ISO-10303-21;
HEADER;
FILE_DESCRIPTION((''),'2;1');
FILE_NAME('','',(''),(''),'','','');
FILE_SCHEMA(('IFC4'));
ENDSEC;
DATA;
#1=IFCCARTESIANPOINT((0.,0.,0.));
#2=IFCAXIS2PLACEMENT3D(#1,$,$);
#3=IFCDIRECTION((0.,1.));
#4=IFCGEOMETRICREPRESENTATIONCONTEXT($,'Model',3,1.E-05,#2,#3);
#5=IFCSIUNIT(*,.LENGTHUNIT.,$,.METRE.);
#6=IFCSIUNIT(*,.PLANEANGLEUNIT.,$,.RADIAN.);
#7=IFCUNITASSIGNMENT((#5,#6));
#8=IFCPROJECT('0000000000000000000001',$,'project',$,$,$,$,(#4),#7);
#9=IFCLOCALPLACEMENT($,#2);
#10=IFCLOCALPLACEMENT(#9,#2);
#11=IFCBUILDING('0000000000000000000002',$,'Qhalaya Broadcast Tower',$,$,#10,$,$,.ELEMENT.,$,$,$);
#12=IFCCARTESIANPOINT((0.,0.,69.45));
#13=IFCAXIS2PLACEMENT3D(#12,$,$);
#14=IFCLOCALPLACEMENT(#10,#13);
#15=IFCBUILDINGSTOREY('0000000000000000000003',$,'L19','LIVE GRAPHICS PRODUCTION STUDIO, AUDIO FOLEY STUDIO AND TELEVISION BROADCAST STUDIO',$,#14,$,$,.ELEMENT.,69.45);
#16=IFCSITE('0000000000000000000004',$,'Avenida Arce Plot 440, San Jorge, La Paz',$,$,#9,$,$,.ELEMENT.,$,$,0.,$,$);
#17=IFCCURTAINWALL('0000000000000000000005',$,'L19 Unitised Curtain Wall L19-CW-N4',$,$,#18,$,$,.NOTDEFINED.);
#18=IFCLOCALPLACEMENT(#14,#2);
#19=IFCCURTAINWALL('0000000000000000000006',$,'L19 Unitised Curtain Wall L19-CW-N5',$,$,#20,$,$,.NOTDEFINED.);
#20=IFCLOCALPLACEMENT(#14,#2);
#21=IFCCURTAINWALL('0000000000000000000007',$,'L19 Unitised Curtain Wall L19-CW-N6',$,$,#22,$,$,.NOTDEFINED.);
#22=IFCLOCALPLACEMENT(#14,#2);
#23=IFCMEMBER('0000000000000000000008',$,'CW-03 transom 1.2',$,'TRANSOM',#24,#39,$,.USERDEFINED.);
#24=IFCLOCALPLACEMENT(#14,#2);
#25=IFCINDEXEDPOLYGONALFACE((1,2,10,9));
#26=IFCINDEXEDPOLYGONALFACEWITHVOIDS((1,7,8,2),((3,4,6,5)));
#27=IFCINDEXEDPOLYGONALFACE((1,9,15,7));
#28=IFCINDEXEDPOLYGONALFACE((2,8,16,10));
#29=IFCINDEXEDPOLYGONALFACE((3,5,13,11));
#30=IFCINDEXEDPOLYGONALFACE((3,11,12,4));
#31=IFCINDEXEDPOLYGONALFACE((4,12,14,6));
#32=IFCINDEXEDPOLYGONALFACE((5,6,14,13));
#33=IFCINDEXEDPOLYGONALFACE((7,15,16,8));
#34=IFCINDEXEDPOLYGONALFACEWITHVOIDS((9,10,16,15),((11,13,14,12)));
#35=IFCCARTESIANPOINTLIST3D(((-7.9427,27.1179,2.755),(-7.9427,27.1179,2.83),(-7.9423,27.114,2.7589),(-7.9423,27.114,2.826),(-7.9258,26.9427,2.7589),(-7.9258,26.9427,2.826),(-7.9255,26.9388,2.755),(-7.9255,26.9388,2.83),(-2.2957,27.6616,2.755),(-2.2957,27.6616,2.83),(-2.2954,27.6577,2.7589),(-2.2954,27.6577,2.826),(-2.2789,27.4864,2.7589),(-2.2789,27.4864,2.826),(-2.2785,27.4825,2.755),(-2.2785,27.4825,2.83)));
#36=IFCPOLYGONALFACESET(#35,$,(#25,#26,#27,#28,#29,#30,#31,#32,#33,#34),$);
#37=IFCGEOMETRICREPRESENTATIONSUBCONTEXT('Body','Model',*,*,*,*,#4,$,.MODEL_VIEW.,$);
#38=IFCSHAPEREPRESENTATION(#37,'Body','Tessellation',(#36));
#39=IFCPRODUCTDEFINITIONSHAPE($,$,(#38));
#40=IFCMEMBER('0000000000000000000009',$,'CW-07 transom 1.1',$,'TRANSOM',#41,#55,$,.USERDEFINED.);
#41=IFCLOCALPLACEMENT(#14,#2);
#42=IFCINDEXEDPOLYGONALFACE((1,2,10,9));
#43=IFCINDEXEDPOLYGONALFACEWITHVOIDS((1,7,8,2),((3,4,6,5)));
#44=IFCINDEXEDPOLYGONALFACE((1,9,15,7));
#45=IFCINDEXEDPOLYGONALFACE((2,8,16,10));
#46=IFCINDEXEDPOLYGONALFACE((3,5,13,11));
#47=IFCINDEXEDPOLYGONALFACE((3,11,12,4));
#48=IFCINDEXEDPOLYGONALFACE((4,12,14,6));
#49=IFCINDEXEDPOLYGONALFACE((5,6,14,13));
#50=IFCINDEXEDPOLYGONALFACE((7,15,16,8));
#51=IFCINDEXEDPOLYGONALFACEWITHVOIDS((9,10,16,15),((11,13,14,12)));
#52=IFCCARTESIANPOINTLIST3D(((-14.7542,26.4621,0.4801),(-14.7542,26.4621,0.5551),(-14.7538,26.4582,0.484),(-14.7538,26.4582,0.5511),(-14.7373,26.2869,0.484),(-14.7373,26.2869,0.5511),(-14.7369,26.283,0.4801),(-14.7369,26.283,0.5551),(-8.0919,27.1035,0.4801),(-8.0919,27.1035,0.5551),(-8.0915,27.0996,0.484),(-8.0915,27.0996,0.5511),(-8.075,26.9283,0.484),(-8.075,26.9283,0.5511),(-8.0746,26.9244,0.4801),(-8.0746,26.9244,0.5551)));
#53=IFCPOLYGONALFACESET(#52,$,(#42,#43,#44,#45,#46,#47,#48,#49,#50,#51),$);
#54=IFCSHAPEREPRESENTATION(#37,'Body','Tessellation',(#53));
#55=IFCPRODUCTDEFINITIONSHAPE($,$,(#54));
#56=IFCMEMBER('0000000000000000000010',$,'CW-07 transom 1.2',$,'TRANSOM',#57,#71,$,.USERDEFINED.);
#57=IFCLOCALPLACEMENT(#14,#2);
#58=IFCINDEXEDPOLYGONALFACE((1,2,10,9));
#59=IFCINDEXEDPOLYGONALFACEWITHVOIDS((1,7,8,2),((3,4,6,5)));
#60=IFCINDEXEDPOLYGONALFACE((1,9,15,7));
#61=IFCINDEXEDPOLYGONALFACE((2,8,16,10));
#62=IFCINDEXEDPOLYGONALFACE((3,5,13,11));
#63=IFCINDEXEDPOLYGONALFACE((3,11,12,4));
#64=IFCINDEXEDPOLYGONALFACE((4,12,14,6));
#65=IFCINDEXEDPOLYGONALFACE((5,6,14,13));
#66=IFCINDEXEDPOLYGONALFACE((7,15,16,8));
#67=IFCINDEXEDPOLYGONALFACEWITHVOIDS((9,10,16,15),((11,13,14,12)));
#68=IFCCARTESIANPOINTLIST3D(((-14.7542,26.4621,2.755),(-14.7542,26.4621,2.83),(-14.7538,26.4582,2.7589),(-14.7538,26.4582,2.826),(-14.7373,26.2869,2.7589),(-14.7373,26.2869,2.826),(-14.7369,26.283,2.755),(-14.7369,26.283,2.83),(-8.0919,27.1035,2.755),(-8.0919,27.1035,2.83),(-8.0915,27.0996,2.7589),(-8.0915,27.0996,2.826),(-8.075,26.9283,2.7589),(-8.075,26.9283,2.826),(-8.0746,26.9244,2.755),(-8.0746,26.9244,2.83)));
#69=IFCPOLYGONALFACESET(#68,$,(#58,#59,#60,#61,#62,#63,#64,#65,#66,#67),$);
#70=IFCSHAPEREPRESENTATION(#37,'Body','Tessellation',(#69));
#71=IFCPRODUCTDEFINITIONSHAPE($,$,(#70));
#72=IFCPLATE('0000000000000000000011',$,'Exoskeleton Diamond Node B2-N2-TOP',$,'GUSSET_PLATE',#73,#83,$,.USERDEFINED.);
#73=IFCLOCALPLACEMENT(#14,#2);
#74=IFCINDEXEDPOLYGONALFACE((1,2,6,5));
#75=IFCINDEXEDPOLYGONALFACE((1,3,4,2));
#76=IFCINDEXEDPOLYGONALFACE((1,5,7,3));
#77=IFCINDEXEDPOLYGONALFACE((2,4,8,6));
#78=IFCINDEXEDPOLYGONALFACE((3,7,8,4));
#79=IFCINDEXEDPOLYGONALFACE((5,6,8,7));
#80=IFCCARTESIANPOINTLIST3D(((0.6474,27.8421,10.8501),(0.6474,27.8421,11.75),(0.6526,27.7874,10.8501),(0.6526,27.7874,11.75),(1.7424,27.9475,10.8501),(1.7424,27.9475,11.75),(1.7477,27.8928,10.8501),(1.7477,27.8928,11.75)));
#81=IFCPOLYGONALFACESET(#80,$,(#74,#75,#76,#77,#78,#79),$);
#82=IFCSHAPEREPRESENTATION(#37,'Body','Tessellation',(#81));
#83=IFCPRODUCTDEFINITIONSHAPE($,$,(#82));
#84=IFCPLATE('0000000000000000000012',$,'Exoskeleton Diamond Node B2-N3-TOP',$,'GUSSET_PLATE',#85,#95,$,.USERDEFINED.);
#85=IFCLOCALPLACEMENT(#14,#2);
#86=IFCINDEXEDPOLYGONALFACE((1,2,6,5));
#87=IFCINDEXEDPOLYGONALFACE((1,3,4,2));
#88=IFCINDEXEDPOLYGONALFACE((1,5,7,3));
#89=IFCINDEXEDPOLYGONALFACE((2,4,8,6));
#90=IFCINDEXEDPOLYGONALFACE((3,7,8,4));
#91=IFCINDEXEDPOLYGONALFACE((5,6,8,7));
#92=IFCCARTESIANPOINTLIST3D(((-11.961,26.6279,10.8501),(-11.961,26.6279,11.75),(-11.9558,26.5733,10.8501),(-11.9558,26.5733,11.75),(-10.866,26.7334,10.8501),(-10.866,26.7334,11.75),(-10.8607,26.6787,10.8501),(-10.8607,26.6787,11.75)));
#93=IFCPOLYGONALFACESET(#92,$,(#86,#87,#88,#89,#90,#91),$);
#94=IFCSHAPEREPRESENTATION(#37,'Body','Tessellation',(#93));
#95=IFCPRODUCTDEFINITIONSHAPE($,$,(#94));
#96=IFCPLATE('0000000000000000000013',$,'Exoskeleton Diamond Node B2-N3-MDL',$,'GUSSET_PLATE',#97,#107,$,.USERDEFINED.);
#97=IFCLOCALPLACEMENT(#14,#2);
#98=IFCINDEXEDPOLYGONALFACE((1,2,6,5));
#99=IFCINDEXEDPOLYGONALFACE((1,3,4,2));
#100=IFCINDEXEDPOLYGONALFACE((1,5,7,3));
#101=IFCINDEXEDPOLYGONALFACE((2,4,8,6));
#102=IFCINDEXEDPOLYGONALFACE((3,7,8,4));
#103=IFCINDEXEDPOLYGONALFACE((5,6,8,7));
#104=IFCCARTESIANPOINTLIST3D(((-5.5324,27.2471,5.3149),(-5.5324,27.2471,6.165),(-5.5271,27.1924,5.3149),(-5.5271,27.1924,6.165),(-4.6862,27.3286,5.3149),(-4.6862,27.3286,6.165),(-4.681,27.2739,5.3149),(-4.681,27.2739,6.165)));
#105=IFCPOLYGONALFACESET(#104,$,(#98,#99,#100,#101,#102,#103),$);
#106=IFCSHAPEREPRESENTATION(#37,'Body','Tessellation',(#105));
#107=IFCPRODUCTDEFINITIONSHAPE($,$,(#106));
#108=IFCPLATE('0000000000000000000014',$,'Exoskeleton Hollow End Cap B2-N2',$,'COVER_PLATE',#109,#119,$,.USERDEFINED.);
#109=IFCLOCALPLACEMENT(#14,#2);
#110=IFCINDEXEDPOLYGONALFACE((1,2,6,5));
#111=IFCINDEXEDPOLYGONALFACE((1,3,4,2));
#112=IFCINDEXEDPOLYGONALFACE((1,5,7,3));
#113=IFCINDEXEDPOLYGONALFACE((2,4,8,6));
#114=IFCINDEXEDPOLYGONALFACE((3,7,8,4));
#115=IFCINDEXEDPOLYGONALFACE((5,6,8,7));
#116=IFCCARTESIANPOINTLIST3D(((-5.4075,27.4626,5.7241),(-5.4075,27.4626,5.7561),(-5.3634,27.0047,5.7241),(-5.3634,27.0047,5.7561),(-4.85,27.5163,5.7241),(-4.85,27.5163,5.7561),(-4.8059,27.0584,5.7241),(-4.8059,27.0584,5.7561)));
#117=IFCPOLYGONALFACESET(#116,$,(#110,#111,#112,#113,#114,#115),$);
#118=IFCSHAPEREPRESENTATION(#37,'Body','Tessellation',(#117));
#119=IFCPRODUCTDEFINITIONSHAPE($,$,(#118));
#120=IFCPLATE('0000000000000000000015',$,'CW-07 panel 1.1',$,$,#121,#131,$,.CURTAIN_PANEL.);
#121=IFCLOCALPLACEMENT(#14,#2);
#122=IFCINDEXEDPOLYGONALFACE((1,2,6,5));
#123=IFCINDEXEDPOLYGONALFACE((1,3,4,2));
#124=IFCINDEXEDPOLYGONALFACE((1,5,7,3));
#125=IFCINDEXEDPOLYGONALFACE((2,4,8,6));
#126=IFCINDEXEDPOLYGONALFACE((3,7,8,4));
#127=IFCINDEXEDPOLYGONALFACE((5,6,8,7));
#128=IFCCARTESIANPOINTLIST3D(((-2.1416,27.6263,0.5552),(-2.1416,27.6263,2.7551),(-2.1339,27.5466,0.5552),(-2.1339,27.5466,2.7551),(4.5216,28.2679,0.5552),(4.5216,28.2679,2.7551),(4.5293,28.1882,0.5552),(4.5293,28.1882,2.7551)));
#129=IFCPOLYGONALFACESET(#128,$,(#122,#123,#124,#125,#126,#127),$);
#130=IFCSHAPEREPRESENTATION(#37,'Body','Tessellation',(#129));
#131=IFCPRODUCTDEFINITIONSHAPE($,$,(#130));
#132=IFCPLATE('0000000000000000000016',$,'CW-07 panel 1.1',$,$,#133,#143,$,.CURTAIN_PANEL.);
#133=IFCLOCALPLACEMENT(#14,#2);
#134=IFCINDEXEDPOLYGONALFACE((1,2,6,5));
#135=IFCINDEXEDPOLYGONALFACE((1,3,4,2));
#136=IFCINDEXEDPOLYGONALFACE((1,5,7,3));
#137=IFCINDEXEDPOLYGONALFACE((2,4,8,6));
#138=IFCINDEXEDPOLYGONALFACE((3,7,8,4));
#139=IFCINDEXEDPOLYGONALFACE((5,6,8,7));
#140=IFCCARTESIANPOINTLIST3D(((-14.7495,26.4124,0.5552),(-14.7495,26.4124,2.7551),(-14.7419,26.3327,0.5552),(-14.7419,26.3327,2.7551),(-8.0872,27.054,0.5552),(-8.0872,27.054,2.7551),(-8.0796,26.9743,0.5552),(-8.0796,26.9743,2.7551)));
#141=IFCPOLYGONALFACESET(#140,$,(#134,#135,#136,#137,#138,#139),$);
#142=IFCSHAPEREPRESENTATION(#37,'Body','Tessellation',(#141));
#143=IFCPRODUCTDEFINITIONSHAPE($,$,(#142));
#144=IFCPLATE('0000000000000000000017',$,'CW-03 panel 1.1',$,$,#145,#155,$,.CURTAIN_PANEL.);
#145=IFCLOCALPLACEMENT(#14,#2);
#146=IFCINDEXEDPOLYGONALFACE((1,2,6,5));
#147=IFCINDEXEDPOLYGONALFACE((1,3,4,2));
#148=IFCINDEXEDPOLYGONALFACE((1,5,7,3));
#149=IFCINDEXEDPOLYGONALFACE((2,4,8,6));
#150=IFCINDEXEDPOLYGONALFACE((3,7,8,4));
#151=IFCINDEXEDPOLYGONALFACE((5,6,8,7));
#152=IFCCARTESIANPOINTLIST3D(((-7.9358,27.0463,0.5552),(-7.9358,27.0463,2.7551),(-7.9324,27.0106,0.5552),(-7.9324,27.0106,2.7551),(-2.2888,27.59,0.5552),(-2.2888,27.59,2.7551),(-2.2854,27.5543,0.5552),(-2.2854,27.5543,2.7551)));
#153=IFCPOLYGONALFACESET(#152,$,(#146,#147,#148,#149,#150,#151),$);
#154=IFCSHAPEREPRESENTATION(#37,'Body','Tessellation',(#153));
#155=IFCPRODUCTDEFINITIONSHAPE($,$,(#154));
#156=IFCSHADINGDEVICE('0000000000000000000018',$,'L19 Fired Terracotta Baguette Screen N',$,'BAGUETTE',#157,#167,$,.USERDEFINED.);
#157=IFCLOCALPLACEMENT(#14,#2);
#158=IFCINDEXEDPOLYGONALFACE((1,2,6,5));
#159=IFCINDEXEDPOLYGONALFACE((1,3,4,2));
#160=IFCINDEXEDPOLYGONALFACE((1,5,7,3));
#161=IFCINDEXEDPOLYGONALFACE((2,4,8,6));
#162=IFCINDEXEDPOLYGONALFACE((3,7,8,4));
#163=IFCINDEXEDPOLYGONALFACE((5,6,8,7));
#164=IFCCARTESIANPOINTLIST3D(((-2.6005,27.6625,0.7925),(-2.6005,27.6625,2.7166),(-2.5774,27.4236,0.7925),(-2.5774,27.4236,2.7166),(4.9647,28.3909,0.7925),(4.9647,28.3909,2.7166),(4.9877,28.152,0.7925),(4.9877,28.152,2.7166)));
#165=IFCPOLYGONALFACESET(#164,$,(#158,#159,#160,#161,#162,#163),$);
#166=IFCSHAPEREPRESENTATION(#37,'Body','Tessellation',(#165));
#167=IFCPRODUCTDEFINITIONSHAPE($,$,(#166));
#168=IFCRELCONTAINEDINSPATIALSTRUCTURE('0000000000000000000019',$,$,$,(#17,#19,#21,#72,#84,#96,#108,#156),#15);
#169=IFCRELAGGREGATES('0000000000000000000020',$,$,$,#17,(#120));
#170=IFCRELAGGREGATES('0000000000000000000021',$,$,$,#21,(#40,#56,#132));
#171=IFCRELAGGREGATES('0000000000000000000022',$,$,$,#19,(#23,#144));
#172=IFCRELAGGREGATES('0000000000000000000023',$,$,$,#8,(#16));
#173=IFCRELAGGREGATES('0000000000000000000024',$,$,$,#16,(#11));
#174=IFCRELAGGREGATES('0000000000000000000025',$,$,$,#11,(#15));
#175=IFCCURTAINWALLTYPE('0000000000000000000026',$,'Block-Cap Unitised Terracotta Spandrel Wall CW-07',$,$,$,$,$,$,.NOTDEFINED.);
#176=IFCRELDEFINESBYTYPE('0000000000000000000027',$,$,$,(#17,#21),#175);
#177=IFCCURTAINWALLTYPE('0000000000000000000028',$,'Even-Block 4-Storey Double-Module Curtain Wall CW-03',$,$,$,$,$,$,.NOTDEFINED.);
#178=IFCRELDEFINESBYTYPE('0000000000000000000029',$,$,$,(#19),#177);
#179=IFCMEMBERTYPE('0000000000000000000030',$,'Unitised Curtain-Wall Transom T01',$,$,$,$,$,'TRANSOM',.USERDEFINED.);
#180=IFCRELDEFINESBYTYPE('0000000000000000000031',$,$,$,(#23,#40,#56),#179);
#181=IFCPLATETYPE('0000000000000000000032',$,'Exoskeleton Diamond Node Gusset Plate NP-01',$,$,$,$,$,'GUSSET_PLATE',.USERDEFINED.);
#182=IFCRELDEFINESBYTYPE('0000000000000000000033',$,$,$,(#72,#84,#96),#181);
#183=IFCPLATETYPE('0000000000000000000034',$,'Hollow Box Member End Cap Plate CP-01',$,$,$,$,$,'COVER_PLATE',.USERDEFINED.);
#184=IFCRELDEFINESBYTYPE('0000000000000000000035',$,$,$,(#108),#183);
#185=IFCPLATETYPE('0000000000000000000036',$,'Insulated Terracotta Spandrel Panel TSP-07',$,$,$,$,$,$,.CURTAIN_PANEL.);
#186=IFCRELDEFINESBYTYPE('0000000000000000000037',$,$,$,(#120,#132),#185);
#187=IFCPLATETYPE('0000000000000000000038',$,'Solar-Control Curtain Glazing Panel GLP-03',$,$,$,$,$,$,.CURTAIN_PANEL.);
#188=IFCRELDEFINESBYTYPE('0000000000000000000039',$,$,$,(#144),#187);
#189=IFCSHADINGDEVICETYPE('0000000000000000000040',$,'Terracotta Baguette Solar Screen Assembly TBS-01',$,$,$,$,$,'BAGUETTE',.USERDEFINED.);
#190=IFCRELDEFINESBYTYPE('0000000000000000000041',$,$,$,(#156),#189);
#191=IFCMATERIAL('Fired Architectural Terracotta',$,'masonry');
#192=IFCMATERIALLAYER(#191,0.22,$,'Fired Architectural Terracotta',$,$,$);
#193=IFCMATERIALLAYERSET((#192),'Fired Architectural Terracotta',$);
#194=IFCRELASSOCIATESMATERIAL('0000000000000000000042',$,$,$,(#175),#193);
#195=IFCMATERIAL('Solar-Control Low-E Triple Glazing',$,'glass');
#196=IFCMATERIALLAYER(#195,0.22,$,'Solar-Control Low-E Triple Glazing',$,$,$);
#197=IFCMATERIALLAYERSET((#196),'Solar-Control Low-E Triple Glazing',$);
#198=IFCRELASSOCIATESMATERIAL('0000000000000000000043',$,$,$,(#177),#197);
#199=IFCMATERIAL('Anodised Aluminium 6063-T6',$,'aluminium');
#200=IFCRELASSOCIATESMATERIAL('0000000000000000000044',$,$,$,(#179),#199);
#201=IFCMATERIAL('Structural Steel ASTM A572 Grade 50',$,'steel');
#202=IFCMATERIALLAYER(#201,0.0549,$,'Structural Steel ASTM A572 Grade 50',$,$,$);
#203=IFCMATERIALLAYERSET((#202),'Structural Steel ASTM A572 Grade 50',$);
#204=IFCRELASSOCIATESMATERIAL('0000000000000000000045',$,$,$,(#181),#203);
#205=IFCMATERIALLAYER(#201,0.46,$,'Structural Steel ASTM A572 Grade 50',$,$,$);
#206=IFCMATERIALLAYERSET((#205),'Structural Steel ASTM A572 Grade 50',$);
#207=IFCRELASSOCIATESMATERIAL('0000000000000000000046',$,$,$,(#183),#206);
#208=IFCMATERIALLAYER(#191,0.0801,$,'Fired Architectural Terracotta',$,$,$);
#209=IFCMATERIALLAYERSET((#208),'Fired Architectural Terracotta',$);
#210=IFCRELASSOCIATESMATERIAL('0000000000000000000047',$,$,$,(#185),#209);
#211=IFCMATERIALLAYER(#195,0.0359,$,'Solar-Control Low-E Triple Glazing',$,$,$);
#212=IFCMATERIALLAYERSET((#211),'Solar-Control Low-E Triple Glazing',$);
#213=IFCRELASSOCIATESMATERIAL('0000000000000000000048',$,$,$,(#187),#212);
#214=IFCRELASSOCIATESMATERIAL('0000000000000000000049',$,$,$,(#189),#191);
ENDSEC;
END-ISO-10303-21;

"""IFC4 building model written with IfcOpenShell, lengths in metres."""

from ifc_helpers import new_model, si_unit, direction, frame, origin, origin_2d, place, context, subcontext, project, spatial, rectangle, hollow_rectangle, extrude, material, layer, layer_set, material_profile, profile_set, type_object, element, aggregate, save


model = new_model("IFC4")

# Units and contexts
model_context = context("Model", 3, precision=1e-05, world=origin(), true_north=direction((0.0, 1.0)))
body_context = subcontext(model_context, "Body", "Model", "MODEL_VIEW")
ifc_project = project(units=[si_unit("LENGTHUNIT", "METRE"), si_unit("PLANEANGLEUNIT", "RADIAN")], contexts=[model_context])

# Site, building, storey
site_placement = place(None, origin())
site = spatial("IfcSite", under=ifc_project, at=site_placement, Name="Avenida Arce Plot 440, San Jorge, La Paz", CompositionType="ELEMENT", RefElevation=0.0)
building_placement = place(site_placement, origin())
building = spatial("IfcBuilding", under=site, at=building_placement, Name="Qhalaya Broadcast Tower", CompositionType="ELEMENT")
storey_placement = place(building_placement, frame((0.0, 0.0, 69.45)))
storey = spatial("IfcBuildingStorey", under=building, at=storey_placement, Name="L19", Description="LIVE GRAPHICS PRODUCTION STUDIO, AUDIO FOLEY STUDIO AND TELEVISION BROADCAST STUDIO", CompositionType="ELEMENT", Elevation=69.45)

# Shared definitions
ifc_material_1 = material(Name="Structural Steel ASTM A572 Grade 50", Category="steel")

# Curtain wall
ifc_material_2 = material(Name="Fired Architectural Terracotta", Category="masonry")
ifc_layer_1 = layer(ifc_material_2, 0.22, Name="Fired Architectural Terracotta")
ifc_layer_set_1 = layer_set([ifc_layer_1], Name="Fired Architectural Terracotta")
curtain_wall_type_1 = type_object("IfcCurtainWallType", Name="Block-Cap Unitised Terracotta Spandrel Wall CW-07", PredefinedType="NOTDEFINED", material=ifc_layer_set_1)
curtain_wall_1_placement = place(storey_placement, origin())
curtain_wall_1 = element("IfcCurtainWall", 1, at=curtain_wall_1_placement, inside=storey, type_object=curtain_wall_type_1, Name="L19 Unitised Curtain Wall L19-CW-N4", PredefinedType="NOTDEFINED")
ifc_material_3 = material(Name="Anodised Aluminium 6063-T6", Category="aluminium")

# Curtain wall
ifc_material_4 = material(Name="Solar-Control Low-E Triple Glazing", Category="glass")
ifc_layer_2 = layer(ifc_material_4, 0.22, Name="Solar-Control Low-E Triple Glazing")
ifc_layer_set_2 = layer_set([ifc_layer_2], Name="Solar-Control Low-E Triple Glazing")
curtain_wall_type_2 = type_object("IfcCurtainWallType", Name="Even-Block 4-Storey Double-Module Curtain Wall CW-03", PredefinedType="NOTDEFINED", material=ifc_layer_set_2)
curtain_wall_2_placement = place(storey_placement, origin())
curtain_wall_2 = element("IfcCurtainWall", 2, at=curtain_wall_2_placement, inside=storey, type_object=curtain_wall_type_2, Name="L19 Unitised Curtain Wall L19-CW-N5", PredefinedType="NOTDEFINED")

# Curtain wall
curtain_wall_3_placement = place(storey_placement, origin())
curtain_wall_3 = element("IfcCurtainWall", 3, at=curtain_wall_3_placement, inside=storey, type_object=curtain_wall_type_1, Name="L19 Unitised Curtain Wall L19-CW-N6", PredefinedType="NOTDEFINED")

# Members
ifc_material_profile_1 = material_profile(ifc_material_3, hollow_rectangle(XDim=0.075, YDim=0.1799, WallThickness=0.0039, at=origin_2d()), Name="ALU-TRN 75x180x4")
ifc_profile_set_1 = profile_set([ifc_material_profile_1], Name="Anodised Aluminium 6063-T6")
member_type_1 = type_object("IfcMemberType", Name="Unitised Curtain-Wall Transom T01", ElementType="TRANSOM", PredefinedType="USERDEFINED", material=ifc_profile_set_1)
member_1_placement = place(storey_placement, frame((-2.2871, 27.572, 2.7925), z_axis=(-0.995397, -0.095839, 0.0), x_axis=(0.0, 0.0, 1.0)))
member_1 = element("IfcMember", 4, at=member_1_placement, type_object=member_type_1, Name="CW-03 transom 1.2", ObjectType="TRANSOM", PredefinedType="USERDEFINED", context=body_context, shape_type="SweptSolid", body=[
    extrude(hollow_rectangle(XDim=0.075, YDim=0.1799, WallThickness=0.0039, at=origin_2d()), origin(), (0.0, 0.0, 1.0), 5.6731),
])
member_2_placement = place(storey_placement, frame((-8.0833, 27.0139, 0.5176), z_axis=(-0.995398, -0.095823, 0.0), x_axis=(0.0, 0.0, 1.0)))
member_2 = element("IfcMember", 5, at=member_2_placement, type_object=member_type_1, Name="CW-07 transom 1.1", ObjectType="TRANSOM", PredefinedType="USERDEFINED", context=body_context, shape_type="SweptSolid", body=[
    extrude(hollow_rectangle(XDim=0.075, YDim=0.1799, WallThickness=0.0039, at=origin_2d()), origin(), (0.0, 0.0, 1.0), 6.6931),
])
member_3_placement = place(storey_placement, frame((-8.0833, 27.0139, 2.7925), z_axis=(-0.995398, -0.095823, 0.0), x_axis=(0.0, 0.0, 1.0)))
member_3 = element("IfcMember", 6, at=member_3_placement, type_object=member_type_1, Name="CW-07 transom 1.2", ObjectType="TRANSOM", PredefinedType="USERDEFINED", context=body_context, shape_type="SweptSolid", body=[
    extrude(hollow_rectangle(XDim=0.075, YDim=0.1799, WallThickness=0.0039, at=origin_2d()), origin(), (0.0, 0.0, 1.0), 6.6931),
])

# Plates
ifc_layer_3 = layer(ifc_material_1, 0.0549, Name="Structural Steel ASTM A572 Grade 50")
ifc_layer_set_3 = layer_set([ifc_layer_3], Name="Structural Steel ASTM A572 Grade 50")
plate_type_1 = type_object("IfcPlateType", Name="Exoskeleton Diamond Node Gusset Plate NP-01", ElementType="GUSSET_PLATE", PredefinedType="USERDEFINED", material=ifc_layer_set_3)
for number, where, z_axis, x_axis, name in (
    (7, (1.1975, 27.8674, 10.8501), (0.0, 0.0, 1.0), (0.995396, 0.095846, 0.0), "Exoskeleton Diamond Node B2-N2-TOP"),
    (8, (-11.4109, 26.6533, 10.8501), (0.0, 0.0, 1.0), (0.995396, 0.095846, 0.0), "Exoskeleton Diamond Node B2-N3-TOP"),
):
    element("IfcPlate", number, at=place(storey_placement, frame(where, z_axis=z_axis, x_axis=x_axis)), inside=storey, type_object=plate_type_1, Name=name, ObjectType="GUSSET_PLATE", PredefinedType="USERDEFINED", context=body_context, shape_type="SweptSolid", body=[
        extrude(rectangle(XDim=1.1001, YDim=0.0549, at=origin_2d()), origin(), (0.0, 0.0, 1.0), 0.8999),
    ])
plate_1_placement = place(storey_placement, frame((-5.1067, 27.2605, 5.3149), z_axis=(0.0, 0.0, 1.0), x_axis=(0.995396, 0.095846, 0.0)))
element("IfcPlate", 9, at=plate_1_placement, inside=storey, type_object=plate_type_1, Name="Exoskeleton Diamond Node B2-N3-MDL", ObjectType="GUSSET_PLATE", PredefinedType="USERDEFINED", context=body_context, shape_type="SweptSolid", body=[
    extrude(rectangle(XDim=0.8501, YDim=0.0549, at=origin_2d()), origin(), (0.0, 0.0, 1.0), 0.8501),
])
ifc_layer_4 = layer(ifc_material_1, 0.46, Name="Structural Steel ASTM A572 Grade 50")
ifc_layer_set_4 = layer_set([ifc_layer_4], Name="Structural Steel ASTM A572 Grade 50")
plate_type_2 = type_object("IfcPlateType", Name="Hollow Box Member End Cap Plate CP-01", ElementType="COVER_PLATE", PredefinedType="USERDEFINED", material=ifc_layer_set_4)
plate_2_placement = place(storey_placement, frame((-5.1067, 27.2605, 5.7241), z_axis=(0.0, 0.0, 1.0), x_axis=(0.995396, 0.095846, 0.0)))
element("IfcPlate", 10, at=plate_2_placement, inside=storey, type_object=plate_type_2, Name="Exoskeleton Hollow End Cap B2-N2", ObjectType="COVER_PLATE", PredefinedType="USERDEFINED", context=body_context, shape_type="SweptSolid", body=[
    extrude(rectangle(XDim=0.5601, YDim=0.46, at=origin_2d()), origin(), (0.0, 0.0, 1.0), 0.032),
])

# Plates
ifc_layer_5 = layer(ifc_material_2, 0.0801, Name="Fired Architectural Terracotta")
ifc_layer_set_5 = layer_set([ifc_layer_5], Name="Fired Architectural Terracotta")
plate_type_3 = type_object("IfcPlateType", Name="Insulated Terracotta Spandrel Panel TSP-07", PredefinedType="CURTAIN_PANEL", material=ifc_layer_set_5)
plate_3_placement = place(storey_placement, frame((1.1938, 27.9072, 0.5552), z_axis=(0.0, 0.0, 1.0), x_axis=(-0.995396, -0.09585, 0.0)))
plate_3 = element("IfcPlate", 11, at=plate_3_placement, type_object=plate_type_3, Name="CW-07 panel 1.1", PredefinedType="CURTAIN_PANEL", context=body_context, shape_type="SweptSolid", body=[
    extrude(rectangle(XDim=6.6941, YDim=0.0801, at=origin_2d()), origin(), (0.0, 0.0, 1.0), 2.2),
])
aggregate(curtain_wall_1, [plate_3])
plate_4_placement = place(storey_placement, frame((-11.4146, 26.6934, 0.5552), z_axis=(0.0, 0.0, 1.0), x_axis=(-0.995396, -0.09585, 0.0)))
plate_4 = element("IfcPlate", 12, at=plate_4_placement, type_object=plate_type_3, Name="CW-07 panel 1.1", PredefinedType="CURTAIN_PANEL", context=body_context, shape_type="SweptSolid", body=[
    extrude(rectangle(XDim=6.6931, YDim=0.0801, at=origin_2d()), origin(), (0.0, 0.0, 1.0), 2.2),
])
aggregate(curtain_wall_3, [member_2, member_3, plate_4])
ifc_layer_6 = layer(ifc_material_4, 0.0359, Name="Solar-Control Low-E Triple Glazing")
ifc_layer_set_6 = layer_set([ifc_layer_6], Name="Solar-Control Low-E Triple Glazing")
plate_type_4 = type_object("IfcPlateType", Name="Solar-Control Curtain Glazing Panel GLP-03", PredefinedType="CURTAIN_PANEL", material=ifc_layer_set_6)
plate_5_placement = place(storey_placement, frame((-5.1106, 27.3003, 0.5552), z_axis=(0.0, 0.0, 1.0), x_axis=(-0.995396, -0.095844, 0.0)))
plate_5 = element("IfcPlate", 13, at=plate_5_placement, type_object=plate_type_4, Name="CW-03 panel 1.1", PredefinedType="CURTAIN_PANEL", context=body_context, shape_type="SweptSolid", body=[
    extrude(rectangle(XDim=5.6731, YDim=0.0359, at=origin_2d()), origin(), (0.0, 0.0, 1.0), 2.2),
])
aggregate(curtain_wall_2, [member_1, plate_5])

# Shading device
shading_device_type = type_object("IfcShadingDeviceType", Name="Terracotta Baguette Solar Screen Assembly TBS-01", ElementType="BAGUETTE", PredefinedType="USERDEFINED", material=ifc_material_2)
shading_device_placement = place(storey_placement, frame((1.1936, 27.9072, 0.7925), z_axis=(0.0, 0.0, 1.0), x_axis=(-0.995396, -0.095846, 0.0)))
element("IfcShadingDevice", 14, at=shading_device_placement, inside=storey, type_object=shading_device_type, Name="L19 Fired Terracotta Baguette Screen N", ObjectType="BAGUETTE", PredefinedType="USERDEFINED", context=body_context, shape_type="SweptSolid", body=[
    extrude(rectangle(XDim=7.6001, YDim=0.24, at=origin_2d()), origin(), (0.0, 0.0, 1.0), 1.9241),
])

save(model, "model.ifc")
